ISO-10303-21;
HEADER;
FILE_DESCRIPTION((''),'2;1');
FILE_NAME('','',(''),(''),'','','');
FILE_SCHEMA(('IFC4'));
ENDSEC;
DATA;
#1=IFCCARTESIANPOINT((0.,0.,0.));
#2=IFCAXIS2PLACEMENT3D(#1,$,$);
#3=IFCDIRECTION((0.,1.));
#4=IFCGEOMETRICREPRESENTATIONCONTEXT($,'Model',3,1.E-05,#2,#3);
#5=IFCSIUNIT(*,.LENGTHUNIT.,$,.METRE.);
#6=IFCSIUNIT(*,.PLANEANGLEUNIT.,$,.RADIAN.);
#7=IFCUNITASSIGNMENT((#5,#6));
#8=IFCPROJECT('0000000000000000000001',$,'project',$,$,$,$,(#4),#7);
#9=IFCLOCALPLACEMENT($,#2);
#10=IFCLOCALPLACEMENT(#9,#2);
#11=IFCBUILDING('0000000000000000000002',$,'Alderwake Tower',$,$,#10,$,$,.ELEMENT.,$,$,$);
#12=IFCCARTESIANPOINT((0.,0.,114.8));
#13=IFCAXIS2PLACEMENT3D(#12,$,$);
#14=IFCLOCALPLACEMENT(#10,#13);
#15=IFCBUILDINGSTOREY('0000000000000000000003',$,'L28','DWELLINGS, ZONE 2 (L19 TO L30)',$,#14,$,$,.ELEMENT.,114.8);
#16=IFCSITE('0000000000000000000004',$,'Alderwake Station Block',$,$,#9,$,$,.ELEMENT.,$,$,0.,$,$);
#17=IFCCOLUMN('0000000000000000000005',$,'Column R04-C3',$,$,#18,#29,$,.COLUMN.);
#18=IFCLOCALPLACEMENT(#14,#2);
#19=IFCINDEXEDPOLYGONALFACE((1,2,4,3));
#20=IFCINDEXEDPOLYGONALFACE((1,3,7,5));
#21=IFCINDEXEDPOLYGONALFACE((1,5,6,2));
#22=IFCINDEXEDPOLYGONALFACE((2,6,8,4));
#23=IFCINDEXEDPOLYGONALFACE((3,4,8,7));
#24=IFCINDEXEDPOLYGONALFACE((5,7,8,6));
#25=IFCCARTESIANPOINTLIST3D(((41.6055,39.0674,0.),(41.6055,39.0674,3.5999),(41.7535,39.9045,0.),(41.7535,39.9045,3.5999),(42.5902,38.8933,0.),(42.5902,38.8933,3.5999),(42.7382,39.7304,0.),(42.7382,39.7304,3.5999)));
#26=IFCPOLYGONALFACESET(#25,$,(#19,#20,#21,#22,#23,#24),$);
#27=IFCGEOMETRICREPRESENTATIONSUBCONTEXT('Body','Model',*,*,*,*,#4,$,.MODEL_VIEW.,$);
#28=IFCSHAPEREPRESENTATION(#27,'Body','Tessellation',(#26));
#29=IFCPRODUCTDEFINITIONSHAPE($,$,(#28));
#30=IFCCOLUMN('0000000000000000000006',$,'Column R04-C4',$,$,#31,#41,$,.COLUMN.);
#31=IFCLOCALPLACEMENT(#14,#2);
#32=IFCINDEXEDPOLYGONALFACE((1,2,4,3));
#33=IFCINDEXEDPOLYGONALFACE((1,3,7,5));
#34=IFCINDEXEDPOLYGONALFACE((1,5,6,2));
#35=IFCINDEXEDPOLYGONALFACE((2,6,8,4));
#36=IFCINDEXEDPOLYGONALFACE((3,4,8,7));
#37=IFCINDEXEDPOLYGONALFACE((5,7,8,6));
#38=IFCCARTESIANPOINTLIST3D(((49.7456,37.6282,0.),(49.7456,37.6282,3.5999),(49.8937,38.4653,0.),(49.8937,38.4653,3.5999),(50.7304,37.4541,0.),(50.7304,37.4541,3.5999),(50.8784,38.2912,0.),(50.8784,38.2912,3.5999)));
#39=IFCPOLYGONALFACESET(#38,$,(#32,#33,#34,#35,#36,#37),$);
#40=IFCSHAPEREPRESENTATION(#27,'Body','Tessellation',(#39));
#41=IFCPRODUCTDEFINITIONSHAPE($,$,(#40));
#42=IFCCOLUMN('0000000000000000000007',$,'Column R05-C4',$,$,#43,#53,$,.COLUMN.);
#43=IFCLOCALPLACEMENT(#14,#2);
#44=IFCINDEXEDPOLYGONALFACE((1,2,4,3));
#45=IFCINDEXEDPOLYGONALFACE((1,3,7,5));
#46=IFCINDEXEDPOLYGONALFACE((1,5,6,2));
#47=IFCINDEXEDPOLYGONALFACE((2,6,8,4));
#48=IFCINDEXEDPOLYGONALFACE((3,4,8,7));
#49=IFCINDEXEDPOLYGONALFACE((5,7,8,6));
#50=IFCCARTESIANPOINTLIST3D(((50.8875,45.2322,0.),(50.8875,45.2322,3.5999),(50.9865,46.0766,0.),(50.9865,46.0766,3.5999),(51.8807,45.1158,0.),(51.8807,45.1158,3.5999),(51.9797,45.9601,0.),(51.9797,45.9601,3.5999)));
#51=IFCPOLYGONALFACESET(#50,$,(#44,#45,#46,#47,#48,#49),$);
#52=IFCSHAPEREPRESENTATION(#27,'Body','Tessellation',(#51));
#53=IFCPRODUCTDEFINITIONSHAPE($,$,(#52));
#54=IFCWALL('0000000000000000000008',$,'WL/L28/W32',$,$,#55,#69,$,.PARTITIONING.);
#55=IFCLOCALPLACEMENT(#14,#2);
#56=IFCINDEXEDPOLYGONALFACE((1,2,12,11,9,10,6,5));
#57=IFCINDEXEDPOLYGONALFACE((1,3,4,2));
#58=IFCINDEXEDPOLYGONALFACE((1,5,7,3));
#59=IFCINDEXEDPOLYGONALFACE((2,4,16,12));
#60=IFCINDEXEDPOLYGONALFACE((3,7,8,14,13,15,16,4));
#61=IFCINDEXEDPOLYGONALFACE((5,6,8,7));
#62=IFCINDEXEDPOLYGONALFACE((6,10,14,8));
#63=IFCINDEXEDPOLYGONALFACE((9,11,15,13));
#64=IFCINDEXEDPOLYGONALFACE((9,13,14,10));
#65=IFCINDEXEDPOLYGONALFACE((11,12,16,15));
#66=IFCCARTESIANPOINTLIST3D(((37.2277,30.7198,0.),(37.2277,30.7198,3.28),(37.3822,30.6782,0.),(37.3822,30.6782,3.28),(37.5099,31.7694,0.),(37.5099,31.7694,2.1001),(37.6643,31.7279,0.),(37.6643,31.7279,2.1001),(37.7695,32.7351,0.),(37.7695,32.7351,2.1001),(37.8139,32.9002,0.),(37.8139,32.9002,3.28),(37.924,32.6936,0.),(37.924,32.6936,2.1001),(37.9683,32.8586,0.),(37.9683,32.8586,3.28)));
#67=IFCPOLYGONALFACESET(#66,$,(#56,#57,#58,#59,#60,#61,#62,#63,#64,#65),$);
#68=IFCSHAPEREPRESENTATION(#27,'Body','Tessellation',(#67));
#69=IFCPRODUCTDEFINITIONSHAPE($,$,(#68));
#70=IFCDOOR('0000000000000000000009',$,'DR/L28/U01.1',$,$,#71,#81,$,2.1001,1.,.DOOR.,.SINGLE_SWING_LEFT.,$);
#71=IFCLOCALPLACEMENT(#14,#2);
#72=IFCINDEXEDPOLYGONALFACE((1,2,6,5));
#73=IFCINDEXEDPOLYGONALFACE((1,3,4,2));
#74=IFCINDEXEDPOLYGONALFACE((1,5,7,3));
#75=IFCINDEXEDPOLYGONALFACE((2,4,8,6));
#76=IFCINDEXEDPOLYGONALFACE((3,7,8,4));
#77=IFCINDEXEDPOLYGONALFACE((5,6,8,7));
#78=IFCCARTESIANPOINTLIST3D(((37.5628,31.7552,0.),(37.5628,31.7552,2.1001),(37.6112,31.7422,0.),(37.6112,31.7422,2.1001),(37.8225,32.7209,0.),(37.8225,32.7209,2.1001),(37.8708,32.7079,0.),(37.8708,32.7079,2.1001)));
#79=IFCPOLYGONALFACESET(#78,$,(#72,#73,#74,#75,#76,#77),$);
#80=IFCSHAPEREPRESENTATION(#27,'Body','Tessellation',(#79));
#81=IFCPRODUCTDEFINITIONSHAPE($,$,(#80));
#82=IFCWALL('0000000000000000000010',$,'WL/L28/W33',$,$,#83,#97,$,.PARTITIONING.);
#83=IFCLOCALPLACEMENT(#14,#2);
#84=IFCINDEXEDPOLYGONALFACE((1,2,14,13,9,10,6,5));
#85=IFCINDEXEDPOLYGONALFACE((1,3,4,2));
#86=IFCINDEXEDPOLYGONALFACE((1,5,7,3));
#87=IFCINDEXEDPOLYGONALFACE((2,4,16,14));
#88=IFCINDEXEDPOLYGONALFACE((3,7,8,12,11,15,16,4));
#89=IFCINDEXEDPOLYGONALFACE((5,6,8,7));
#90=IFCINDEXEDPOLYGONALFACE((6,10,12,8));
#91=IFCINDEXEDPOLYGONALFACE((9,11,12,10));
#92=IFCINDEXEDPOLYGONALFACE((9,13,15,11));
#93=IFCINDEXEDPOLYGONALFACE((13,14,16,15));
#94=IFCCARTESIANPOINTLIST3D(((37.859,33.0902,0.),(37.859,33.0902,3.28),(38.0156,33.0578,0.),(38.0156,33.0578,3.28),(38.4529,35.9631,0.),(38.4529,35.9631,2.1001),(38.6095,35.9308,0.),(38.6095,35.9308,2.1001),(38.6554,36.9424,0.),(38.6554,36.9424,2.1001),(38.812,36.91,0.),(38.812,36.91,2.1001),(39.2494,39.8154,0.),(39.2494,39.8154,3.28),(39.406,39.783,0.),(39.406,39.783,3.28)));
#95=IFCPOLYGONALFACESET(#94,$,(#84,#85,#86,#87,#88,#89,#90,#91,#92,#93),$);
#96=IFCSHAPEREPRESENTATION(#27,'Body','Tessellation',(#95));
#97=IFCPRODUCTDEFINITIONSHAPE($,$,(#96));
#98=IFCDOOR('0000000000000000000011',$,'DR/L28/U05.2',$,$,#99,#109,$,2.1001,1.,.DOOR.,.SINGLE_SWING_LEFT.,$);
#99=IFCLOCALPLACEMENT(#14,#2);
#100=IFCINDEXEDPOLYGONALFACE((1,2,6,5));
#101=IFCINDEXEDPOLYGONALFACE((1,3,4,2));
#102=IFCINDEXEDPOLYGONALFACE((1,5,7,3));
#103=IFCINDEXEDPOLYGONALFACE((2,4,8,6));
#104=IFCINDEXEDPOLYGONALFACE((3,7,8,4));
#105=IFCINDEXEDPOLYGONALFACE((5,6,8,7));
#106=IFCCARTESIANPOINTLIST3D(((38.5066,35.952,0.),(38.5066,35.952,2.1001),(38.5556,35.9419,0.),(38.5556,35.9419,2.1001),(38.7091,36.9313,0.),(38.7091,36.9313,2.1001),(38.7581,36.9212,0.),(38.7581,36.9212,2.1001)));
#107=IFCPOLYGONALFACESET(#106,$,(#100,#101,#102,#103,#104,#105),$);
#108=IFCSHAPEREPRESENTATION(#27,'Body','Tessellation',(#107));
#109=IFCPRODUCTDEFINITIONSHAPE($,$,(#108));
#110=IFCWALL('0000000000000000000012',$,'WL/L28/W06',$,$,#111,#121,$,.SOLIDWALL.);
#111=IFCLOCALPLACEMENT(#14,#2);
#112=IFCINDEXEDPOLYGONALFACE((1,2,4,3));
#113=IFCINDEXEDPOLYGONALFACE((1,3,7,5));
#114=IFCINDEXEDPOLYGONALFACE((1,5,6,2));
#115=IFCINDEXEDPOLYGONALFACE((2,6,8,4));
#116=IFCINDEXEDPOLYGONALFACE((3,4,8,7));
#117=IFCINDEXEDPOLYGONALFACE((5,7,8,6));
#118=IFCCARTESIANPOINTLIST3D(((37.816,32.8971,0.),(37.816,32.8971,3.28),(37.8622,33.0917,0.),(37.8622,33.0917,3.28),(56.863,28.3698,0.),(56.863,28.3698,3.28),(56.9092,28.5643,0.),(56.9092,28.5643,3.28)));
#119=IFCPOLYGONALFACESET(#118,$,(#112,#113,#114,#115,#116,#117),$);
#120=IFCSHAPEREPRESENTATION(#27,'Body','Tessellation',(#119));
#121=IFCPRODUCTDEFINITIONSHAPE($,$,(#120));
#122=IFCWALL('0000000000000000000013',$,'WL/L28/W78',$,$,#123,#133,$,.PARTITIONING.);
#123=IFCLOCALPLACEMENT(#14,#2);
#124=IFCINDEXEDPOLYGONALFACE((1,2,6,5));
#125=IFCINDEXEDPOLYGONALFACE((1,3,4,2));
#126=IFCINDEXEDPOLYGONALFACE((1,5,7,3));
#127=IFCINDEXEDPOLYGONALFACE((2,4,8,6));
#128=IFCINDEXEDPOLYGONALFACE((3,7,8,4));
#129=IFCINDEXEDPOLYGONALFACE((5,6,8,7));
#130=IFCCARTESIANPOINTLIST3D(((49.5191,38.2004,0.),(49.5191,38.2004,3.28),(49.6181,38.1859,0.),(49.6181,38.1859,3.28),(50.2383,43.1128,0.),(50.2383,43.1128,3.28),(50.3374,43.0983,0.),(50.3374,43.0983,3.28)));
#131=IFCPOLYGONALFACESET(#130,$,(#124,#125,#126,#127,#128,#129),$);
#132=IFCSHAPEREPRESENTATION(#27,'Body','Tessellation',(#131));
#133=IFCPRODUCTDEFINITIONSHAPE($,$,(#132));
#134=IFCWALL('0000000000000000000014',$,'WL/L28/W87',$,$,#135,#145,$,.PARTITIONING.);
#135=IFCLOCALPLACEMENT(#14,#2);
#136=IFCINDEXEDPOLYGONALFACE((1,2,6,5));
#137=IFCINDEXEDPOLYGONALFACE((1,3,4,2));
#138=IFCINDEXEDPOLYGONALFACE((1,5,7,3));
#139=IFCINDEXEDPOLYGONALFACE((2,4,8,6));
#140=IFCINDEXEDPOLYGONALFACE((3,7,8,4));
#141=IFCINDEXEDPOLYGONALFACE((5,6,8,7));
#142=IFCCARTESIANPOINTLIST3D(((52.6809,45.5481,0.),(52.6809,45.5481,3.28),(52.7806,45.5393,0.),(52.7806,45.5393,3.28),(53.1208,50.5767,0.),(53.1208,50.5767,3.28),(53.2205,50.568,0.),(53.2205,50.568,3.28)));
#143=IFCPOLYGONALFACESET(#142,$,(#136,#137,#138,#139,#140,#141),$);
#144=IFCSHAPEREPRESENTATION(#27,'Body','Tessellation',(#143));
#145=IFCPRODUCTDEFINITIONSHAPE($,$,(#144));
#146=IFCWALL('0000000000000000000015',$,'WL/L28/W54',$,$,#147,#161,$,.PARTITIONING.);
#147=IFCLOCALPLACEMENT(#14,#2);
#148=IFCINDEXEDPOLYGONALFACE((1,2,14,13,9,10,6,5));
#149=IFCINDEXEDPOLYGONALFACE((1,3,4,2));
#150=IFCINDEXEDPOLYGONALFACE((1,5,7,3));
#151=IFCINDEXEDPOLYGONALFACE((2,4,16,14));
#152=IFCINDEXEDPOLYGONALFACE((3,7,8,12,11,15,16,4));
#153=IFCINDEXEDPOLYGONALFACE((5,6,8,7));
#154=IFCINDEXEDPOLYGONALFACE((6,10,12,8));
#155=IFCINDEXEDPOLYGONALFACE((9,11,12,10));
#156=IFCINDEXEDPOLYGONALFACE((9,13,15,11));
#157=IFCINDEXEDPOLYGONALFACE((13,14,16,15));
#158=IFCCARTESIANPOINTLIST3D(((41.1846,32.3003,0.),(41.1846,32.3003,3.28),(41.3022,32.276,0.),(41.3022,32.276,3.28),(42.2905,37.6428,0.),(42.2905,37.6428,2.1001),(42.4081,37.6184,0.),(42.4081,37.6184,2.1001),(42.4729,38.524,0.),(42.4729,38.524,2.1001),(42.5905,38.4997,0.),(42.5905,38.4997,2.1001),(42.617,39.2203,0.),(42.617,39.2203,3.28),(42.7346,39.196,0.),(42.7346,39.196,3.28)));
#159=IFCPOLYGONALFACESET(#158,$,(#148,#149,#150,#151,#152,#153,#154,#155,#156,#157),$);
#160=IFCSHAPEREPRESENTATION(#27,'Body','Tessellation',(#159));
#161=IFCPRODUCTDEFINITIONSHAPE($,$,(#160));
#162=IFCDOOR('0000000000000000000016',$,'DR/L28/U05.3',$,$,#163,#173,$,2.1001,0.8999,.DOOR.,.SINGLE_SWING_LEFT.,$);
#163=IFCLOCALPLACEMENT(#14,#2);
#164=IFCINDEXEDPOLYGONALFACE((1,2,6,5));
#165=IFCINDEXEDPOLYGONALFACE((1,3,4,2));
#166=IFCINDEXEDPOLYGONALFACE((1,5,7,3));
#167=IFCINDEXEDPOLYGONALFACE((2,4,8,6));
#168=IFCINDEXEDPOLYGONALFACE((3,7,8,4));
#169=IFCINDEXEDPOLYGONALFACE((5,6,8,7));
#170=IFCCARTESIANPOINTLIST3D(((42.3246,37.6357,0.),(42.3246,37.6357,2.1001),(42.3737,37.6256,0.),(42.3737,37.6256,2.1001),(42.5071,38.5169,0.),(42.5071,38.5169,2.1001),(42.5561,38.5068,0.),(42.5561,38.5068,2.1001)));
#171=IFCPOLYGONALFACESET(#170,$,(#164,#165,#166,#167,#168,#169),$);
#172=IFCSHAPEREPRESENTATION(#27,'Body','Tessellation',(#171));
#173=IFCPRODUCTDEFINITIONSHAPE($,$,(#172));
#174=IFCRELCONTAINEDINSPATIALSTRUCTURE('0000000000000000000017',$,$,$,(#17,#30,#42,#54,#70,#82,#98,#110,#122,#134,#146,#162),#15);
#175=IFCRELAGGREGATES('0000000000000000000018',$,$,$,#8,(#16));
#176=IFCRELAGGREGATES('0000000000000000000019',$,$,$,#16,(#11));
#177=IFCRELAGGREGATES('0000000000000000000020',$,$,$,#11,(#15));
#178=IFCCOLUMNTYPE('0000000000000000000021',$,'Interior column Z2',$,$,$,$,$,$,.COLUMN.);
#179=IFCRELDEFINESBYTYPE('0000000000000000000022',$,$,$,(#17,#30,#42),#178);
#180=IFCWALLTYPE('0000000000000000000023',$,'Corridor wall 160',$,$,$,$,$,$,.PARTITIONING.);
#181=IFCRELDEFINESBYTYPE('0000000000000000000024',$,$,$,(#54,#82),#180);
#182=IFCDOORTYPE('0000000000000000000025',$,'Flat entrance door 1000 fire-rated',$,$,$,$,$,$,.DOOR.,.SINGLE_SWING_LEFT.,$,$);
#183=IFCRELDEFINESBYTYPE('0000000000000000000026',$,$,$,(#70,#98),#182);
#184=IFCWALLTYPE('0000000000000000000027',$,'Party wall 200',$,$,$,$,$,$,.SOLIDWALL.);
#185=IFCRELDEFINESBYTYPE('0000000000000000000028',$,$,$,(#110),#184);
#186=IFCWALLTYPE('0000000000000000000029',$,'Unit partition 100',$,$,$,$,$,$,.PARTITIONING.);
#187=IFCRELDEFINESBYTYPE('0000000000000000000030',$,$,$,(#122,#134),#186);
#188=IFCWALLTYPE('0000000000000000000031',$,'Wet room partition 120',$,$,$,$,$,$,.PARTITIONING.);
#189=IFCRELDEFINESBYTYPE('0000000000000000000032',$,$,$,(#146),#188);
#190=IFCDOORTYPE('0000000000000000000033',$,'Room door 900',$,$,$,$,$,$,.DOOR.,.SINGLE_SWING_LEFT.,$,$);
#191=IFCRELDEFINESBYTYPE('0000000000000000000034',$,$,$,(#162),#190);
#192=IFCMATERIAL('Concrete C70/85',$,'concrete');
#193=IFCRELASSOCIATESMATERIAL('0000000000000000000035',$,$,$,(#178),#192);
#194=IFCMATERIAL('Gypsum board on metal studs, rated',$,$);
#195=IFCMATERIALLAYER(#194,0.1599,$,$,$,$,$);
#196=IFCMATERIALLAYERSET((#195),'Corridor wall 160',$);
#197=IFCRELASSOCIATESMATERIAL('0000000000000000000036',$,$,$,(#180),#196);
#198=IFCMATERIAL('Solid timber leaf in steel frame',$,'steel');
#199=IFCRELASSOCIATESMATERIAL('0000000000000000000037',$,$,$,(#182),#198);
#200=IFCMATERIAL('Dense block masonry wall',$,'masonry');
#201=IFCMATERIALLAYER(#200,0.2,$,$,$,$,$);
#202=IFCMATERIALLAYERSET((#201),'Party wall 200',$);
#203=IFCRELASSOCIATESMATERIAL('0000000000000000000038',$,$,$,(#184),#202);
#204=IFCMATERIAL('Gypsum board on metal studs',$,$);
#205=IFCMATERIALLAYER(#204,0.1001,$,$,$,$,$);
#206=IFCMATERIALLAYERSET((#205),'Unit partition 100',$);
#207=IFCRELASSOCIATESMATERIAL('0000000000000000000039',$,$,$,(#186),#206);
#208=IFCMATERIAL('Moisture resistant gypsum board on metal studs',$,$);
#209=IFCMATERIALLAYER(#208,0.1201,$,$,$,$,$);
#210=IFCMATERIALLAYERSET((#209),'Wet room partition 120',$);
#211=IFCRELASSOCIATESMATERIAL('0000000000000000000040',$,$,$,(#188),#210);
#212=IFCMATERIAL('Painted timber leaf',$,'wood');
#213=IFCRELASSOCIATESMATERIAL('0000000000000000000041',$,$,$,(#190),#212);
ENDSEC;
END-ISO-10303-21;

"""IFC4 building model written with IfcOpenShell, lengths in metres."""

from ifc_helpers import new_model, si_unit, direction, frame, frame_2d, origin, origin_2d, place, context, subcontext, project, spatial, rectangle, extrude, material, layer, layer_set, material_profile, profile_set, type_object, element, fill, save


model = new_model("IFC4")

# Units and contexts
model_context = context("Model", 3, precision=1e-05, world=origin(), true_north=direction((0.0, 1.0)))
body_context = subcontext(model_context, "Body", "Model", "MODEL_VIEW")
ifc_project = project(units=[si_unit("LENGTHUNIT", "METRE"), si_unit("PLANEANGLEUNIT", "RADIAN")], contexts=[model_context])

# Site, building, storey
site_placement = place(None, origin())
site = spatial("IfcSite", under=ifc_project, at=site_placement, Name="Alderwake Station Block", CompositionType="ELEMENT", RefElevation=0.0)
building_placement = place(site_placement, origin())
building = spatial("IfcBuilding", under=site, at=building_placement, Name="Alderwake Tower", CompositionType="ELEMENT")
storey_placement = place(building_placement, frame((0.0, 0.0, 114.8)))
storey = spatial("IfcBuildingStorey", under=building, at=storey_placement, Name="L28", Description="DWELLINGS, ZONE 2 (L19 TO L30)", CompositionType="ELEMENT", Elevation=114.8)

# Columns
ifc_material_1 = material(Name="Concrete C70/85", Category="concrete")
ifc_material_profile = material_profile(ifc_material_1, rectangle(XDim=0.8501, YDim=1.0, at=origin_2d()), Name="RC 1000X850")
ifc_profile_set = profile_set([ifc_material_profile], Name="Concrete C70/85")
column_type = type_object("IfcColumnType", Name="Interior column Z2", PredefinedType="COLUMN", material=ifc_profile_set)
for number, where, z_axis, x_axis, name in (
    (1, (42.1719, 39.3989, 0.0), (0.0, 0.0, 1.0), (0.174107, 0.984727, 0.0), "Column R04-C3"),
    (2, (50.312, 37.9597, 0.0), (0.0, 0.0, 1.0), (0.174109, 0.984726, 0.0), "Column R04-C4"),
    (3, (51.4336, 45.5962, 0.0), (0.0, 0.0, 1.0), (0.116402, 0.993202, 0.0), "Column R05-C4"),
):
    element("IfcColumn", number, at=place(storey_placement, frame(where, z_axis=z_axis, x_axis=x_axis)), inside=storey, type_object=column_type, Name=name, PredefinedType="COLUMN", context=body_context, shape_type="SweptSolid", body=[
        extrude(rectangle(XDim=0.8501, YDim=1.0, at=origin_2d()), origin(), (0.0, 0.0, 1.0), 3.5999),
    ])

# Walls, openings, doors
ifc_material_2 = material(Name="Gypsum board on metal studs, rated")
ifc_layer_1 = layer(ifc_material_2, 0.1599)
ifc_layer_set_1 = layer_set([ifc_layer_1], Name="Corridor wall 160")
wall_type_1 = type_object("IfcWallType", Name="Corridor wall 160", PredefinedType="PARTITIONING", material=ifc_layer_set_1)
wall_1_placement = place(storey_placement, frame((37.8911, 32.8794, 0.0), z_axis=(0.0, 0.0, 1.0), x_axis=(-0.259621, -0.965711, 0.0)))
wall_1 = element("IfcWall", 4, at=wall_1_placement, inside=storey, type_object=wall_type_1, Name="WL/L28/W32", PredefinedType="PARTITIONING", context=body_context, shape_type="SweptSolid", body=[
    extrude(rectangle(XDim=2.2578, YDim=0.1599, at=frame_2d((1.1289, 0.0))), origin(), (0.0, 0.0, 1.0), 3.28),
])
opening_1_placement = place(wall_1_placement, frame((0.1709, 0.0, 0.0)))
opening_1 = element("IfcOpeningElement", 5, at=opening_1_placement, cuts=wall_1, PredefinedType="OPENING", context=body_context, shape_type="SweptSolid", body=[
    extrude(rectangle(XDim=1.0, YDim=2.1001, at=frame_2d((0.5, 1.05))), frame((0.0, 0.0898, 0.0), z_axis=(0.0, -1.0, 0.0), x_axis=(1.0, 0.0, 0.0)), (0.0, 0.0, 1.0), 0.1799),
])
ifc_material_3 = material(Name="Solid timber leaf in steel frame", Category="steel")
door_type_1 = type_object("IfcDoorType", Name="Flat entrance door 1000 fire-rated", OperationType="SINGLE_SWING_LEFT", PredefinedType="DOOR", material=ifc_material_3)
door_1_placement = place(opening_1_placement, origin())
door_1 = element("IfcDoor", 6, at=door_1_placement, inside=storey, type_object=door_type_1, Name="DR/L28/U01.1", OperationType="SINGLE_SWING_LEFT", OverallHeight=2.1001, OverallWidth=1.0, PredefinedType="DOOR", context=body_context, shape_type="SweptSolid", body=[
    extrude(rectangle(XDim=1.0, YDim=2.1001, at=frame_2d((0.5, 1.05))), frame((0.0, 0.0249, 0.0), z_axis=(0.0, -1.0, 0.0), x_axis=(1.0, 0.0, 0.0)), (0.0, 0.0, 1.0), 0.05),
])
fill(opening_1, door_1)
wall_2_placement = place(storey_placement, frame((39.3276, 39.7991, 0.0), z_axis=(0.0, 0.0, 1.0), x_axis=(-0.202463, -0.97929, 0.0)))
wall_2 = element("IfcWall", 7, at=wall_2_placement, inside=storey, type_object=wall_type_1, Name="WL/L28/W33", PredefinedType="PARTITIONING", context=body_context, shape_type="SweptSolid", body=[
    extrude(rectangle(XDim=6.8674, YDim=0.1599, at=frame_2d((3.4336, 0.0))), origin(), (0.0, 0.0, 1.0), 3.28),
])
opening_2_placement = place(wall_2_placement, frame((2.9336, 0.0, 0.0)))
opening_2 = element("IfcOpeningElement", 8, at=opening_2_placement, cuts=wall_2, PredefinedType="OPENING", context=body_context, shape_type="SweptSolid", body=[
    extrude(rectangle(XDim=1.0, YDim=2.1001, at=frame_2d((0.5, 1.05))), frame((0.0, 0.0898, 0.0), z_axis=(0.0, -1.0, 0.0), x_axis=(1.0, 0.0, 0.0)), (0.0, 0.0, 1.0), 0.1799),
])
door_2_placement = place(opening_2_placement, origin())
door_2 = element("IfcDoor", 9, at=door_2_placement, inside=storey, type_object=door_type_1, Name="DR/L28/U05.2", OperationType="SINGLE_SWING_LEFT", OverallHeight=2.1001, OverallWidth=1.0, PredefinedType="DOOR", context=body_context, shape_type="SweptSolid", body=[
    extrude(rectangle(XDim=1.0, YDim=2.1001, at=frame_2d((0.5, 1.05))), frame((0.0, 0.0249, 0.0), z_axis=(0.0, -1.0, 0.0), x_axis=(1.0, 0.0, 0.0)), (0.0, 0.0, 1.0), 0.05),
])
fill(opening_2, door_2)

# Walls
ifc_material_4 = material(Name="Dense block masonry wall", Category="masonry")
ifc_layer_2 = layer(ifc_material_4, 0.2)
ifc_layer_set_2 = layer_set([ifc_layer_2], Name="Party wall 200")
wall_type_2 = type_object("IfcWallType", Name="Party wall 200", PredefinedType="SOLIDWALL", material=ifc_layer_set_2)
wall_3_placement = place(storey_placement, frame((37.8391, 32.9944, 0.0), z_axis=(0.0, 0.0, 1.0), x_axis=(0.972894, -0.231252, 0.0)))
element("IfcWall", 10, at=wall_3_placement, inside=storey, type_object=wall_type_2, Name="WL/L28/W06", PredefinedType="SOLIDWALL", context=body_context, shape_type="SweptSolid", body=[
    extrude(rectangle(XDim=19.5776, YDim=0.2, at=frame_2d((9.7888, 0.0))), origin(), (0.0, 0.0, 1.0), 3.28),
])
ifc_material_5 = material(Name="Gypsum board on metal studs")
ifc_layer_3 = layer(ifc_material_5, 0.1001)
ifc_layer_set_3 = layer_set([ifc_layer_3], Name="Unit partition 100")
wall_type_3 = type_object("IfcWallType", Name="Unit partition 100", PredefinedType="PARTITIONING", material=ifc_layer_set_3)
wall_4_placement = place(storey_placement, frame((49.5686, 38.1931, 0.0), z_axis=(0.0, 0.0, 1.0), x_axis=(0.14487, 0.989451, 0.0)))
element("IfcWall", 11, at=wall_4_placement, inside=storey, type_object=wall_type_3, Name="WL/L28/W78", PredefinedType="PARTITIONING", context=body_context, shape_type="SweptSolid", body=[
    extrude(rectangle(XDim=4.9648, YDim=0.1001, at=frame_2d((2.4824, 0.0))), origin(), (0.0, 0.0, 1.0), 3.28),
])
wall_5_placement = place(storey_placement, frame((52.7307, 45.5437, 0.0), z_axis=(0.0, 0.0, 1.0), x_axis=(0.087156, 0.996195, 0.0)))
element("IfcWall", 12, at=wall_5_placement, inside=storey, type_object=wall_type_3, Name="WL/L28/W87", PredefinedType="PARTITIONING", context=body_context, shape_type="SweptSolid", body=[
    extrude(rectangle(XDim=5.0479, YDim=0.1001, at=frame_2d((2.5239, 0.0))), origin(), (0.0, 0.0, 1.0), 3.28),
])

# Wall, opening, door
ifc_material_6 = material(Name="Moisture resistant gypsum board on metal studs")
ifc_layer_4 = layer(ifc_material_6, 0.1201)
ifc_layer_set_4 = layer_set([ifc_layer_4], Name="Wet room partition 120")
wall_type_4 = type_object("IfcWallType", Name="Wet room partition 120", PredefinedType="PARTITIONING", material=ifc_layer_set_4)
wall_6_placement = place(storey_placement, frame((42.6758, 39.208, 0.0), z_axis=(0.0, 0.0, 1.0), x_axis=(-0.202696, -0.979242, 0.0)))
wall_6 = element("IfcWall", 13, at=wall_6_placement, inside=storey, type_object=wall_type_4, Name="WL/L28/W54", PredefinedType="PARTITIONING", context=body_context, shape_type="SweptSolid", body=[
    extrude(rectangle(XDim=7.0667, YDim=0.1201, at=frame_2d((3.5332, 0.0))), origin(), (0.0, 0.0, 1.0), 3.28),
])
opening_3_placement = place(wall_6_placement, frame((0.7109, 0.0, 0.0)))
opening_3 = element("IfcOpeningElement", 14, at=opening_3_placement, cuts=wall_6, PredefinedType="OPENING", context=body_context, shape_type="SweptSolid", body=[
    extrude(rectangle(XDim=0.8999, YDim=2.1001, at=frame_2d((0.45, 1.05))), frame((0.0, 0.0701, 0.0), z_axis=(0.0, -1.0, 0.0), x_axis=(1.0, 0.0, 0.0)), (0.0, 0.0, 1.0), 0.1401),
])
ifc_material_7 = material(Name="Painted timber leaf", Category="wood")
door_type_2 = type_object("IfcDoorType", Name="Room door 900", OperationType="SINGLE_SWING_LEFT", PredefinedType="DOOR", material=ifc_material_7)
door_3_placement = place(opening_3_placement, origin())
door_3 = element("IfcDoor", 15, at=door_3_placement, inside=storey, type_object=door_type_2, Name="DR/L28/U05.3", OperationType="SINGLE_SWING_LEFT", OverallHeight=2.1001, OverallWidth=0.8999, PredefinedType="DOOR", context=body_context, shape_type="SweptSolid", body=[
    extrude(rectangle(XDim=0.8999, YDim=2.1001, at=frame_2d((0.45, 1.05))), frame((0.0, 0.0249, 0.0), z_axis=(0.0, -1.0, 0.0), x_axis=(1.0, 0.0, 0.0)), (0.0, 0.0, 1.0), 0.05),
])
fill(opening_3, door_3)

save(model, "model.ifc")
